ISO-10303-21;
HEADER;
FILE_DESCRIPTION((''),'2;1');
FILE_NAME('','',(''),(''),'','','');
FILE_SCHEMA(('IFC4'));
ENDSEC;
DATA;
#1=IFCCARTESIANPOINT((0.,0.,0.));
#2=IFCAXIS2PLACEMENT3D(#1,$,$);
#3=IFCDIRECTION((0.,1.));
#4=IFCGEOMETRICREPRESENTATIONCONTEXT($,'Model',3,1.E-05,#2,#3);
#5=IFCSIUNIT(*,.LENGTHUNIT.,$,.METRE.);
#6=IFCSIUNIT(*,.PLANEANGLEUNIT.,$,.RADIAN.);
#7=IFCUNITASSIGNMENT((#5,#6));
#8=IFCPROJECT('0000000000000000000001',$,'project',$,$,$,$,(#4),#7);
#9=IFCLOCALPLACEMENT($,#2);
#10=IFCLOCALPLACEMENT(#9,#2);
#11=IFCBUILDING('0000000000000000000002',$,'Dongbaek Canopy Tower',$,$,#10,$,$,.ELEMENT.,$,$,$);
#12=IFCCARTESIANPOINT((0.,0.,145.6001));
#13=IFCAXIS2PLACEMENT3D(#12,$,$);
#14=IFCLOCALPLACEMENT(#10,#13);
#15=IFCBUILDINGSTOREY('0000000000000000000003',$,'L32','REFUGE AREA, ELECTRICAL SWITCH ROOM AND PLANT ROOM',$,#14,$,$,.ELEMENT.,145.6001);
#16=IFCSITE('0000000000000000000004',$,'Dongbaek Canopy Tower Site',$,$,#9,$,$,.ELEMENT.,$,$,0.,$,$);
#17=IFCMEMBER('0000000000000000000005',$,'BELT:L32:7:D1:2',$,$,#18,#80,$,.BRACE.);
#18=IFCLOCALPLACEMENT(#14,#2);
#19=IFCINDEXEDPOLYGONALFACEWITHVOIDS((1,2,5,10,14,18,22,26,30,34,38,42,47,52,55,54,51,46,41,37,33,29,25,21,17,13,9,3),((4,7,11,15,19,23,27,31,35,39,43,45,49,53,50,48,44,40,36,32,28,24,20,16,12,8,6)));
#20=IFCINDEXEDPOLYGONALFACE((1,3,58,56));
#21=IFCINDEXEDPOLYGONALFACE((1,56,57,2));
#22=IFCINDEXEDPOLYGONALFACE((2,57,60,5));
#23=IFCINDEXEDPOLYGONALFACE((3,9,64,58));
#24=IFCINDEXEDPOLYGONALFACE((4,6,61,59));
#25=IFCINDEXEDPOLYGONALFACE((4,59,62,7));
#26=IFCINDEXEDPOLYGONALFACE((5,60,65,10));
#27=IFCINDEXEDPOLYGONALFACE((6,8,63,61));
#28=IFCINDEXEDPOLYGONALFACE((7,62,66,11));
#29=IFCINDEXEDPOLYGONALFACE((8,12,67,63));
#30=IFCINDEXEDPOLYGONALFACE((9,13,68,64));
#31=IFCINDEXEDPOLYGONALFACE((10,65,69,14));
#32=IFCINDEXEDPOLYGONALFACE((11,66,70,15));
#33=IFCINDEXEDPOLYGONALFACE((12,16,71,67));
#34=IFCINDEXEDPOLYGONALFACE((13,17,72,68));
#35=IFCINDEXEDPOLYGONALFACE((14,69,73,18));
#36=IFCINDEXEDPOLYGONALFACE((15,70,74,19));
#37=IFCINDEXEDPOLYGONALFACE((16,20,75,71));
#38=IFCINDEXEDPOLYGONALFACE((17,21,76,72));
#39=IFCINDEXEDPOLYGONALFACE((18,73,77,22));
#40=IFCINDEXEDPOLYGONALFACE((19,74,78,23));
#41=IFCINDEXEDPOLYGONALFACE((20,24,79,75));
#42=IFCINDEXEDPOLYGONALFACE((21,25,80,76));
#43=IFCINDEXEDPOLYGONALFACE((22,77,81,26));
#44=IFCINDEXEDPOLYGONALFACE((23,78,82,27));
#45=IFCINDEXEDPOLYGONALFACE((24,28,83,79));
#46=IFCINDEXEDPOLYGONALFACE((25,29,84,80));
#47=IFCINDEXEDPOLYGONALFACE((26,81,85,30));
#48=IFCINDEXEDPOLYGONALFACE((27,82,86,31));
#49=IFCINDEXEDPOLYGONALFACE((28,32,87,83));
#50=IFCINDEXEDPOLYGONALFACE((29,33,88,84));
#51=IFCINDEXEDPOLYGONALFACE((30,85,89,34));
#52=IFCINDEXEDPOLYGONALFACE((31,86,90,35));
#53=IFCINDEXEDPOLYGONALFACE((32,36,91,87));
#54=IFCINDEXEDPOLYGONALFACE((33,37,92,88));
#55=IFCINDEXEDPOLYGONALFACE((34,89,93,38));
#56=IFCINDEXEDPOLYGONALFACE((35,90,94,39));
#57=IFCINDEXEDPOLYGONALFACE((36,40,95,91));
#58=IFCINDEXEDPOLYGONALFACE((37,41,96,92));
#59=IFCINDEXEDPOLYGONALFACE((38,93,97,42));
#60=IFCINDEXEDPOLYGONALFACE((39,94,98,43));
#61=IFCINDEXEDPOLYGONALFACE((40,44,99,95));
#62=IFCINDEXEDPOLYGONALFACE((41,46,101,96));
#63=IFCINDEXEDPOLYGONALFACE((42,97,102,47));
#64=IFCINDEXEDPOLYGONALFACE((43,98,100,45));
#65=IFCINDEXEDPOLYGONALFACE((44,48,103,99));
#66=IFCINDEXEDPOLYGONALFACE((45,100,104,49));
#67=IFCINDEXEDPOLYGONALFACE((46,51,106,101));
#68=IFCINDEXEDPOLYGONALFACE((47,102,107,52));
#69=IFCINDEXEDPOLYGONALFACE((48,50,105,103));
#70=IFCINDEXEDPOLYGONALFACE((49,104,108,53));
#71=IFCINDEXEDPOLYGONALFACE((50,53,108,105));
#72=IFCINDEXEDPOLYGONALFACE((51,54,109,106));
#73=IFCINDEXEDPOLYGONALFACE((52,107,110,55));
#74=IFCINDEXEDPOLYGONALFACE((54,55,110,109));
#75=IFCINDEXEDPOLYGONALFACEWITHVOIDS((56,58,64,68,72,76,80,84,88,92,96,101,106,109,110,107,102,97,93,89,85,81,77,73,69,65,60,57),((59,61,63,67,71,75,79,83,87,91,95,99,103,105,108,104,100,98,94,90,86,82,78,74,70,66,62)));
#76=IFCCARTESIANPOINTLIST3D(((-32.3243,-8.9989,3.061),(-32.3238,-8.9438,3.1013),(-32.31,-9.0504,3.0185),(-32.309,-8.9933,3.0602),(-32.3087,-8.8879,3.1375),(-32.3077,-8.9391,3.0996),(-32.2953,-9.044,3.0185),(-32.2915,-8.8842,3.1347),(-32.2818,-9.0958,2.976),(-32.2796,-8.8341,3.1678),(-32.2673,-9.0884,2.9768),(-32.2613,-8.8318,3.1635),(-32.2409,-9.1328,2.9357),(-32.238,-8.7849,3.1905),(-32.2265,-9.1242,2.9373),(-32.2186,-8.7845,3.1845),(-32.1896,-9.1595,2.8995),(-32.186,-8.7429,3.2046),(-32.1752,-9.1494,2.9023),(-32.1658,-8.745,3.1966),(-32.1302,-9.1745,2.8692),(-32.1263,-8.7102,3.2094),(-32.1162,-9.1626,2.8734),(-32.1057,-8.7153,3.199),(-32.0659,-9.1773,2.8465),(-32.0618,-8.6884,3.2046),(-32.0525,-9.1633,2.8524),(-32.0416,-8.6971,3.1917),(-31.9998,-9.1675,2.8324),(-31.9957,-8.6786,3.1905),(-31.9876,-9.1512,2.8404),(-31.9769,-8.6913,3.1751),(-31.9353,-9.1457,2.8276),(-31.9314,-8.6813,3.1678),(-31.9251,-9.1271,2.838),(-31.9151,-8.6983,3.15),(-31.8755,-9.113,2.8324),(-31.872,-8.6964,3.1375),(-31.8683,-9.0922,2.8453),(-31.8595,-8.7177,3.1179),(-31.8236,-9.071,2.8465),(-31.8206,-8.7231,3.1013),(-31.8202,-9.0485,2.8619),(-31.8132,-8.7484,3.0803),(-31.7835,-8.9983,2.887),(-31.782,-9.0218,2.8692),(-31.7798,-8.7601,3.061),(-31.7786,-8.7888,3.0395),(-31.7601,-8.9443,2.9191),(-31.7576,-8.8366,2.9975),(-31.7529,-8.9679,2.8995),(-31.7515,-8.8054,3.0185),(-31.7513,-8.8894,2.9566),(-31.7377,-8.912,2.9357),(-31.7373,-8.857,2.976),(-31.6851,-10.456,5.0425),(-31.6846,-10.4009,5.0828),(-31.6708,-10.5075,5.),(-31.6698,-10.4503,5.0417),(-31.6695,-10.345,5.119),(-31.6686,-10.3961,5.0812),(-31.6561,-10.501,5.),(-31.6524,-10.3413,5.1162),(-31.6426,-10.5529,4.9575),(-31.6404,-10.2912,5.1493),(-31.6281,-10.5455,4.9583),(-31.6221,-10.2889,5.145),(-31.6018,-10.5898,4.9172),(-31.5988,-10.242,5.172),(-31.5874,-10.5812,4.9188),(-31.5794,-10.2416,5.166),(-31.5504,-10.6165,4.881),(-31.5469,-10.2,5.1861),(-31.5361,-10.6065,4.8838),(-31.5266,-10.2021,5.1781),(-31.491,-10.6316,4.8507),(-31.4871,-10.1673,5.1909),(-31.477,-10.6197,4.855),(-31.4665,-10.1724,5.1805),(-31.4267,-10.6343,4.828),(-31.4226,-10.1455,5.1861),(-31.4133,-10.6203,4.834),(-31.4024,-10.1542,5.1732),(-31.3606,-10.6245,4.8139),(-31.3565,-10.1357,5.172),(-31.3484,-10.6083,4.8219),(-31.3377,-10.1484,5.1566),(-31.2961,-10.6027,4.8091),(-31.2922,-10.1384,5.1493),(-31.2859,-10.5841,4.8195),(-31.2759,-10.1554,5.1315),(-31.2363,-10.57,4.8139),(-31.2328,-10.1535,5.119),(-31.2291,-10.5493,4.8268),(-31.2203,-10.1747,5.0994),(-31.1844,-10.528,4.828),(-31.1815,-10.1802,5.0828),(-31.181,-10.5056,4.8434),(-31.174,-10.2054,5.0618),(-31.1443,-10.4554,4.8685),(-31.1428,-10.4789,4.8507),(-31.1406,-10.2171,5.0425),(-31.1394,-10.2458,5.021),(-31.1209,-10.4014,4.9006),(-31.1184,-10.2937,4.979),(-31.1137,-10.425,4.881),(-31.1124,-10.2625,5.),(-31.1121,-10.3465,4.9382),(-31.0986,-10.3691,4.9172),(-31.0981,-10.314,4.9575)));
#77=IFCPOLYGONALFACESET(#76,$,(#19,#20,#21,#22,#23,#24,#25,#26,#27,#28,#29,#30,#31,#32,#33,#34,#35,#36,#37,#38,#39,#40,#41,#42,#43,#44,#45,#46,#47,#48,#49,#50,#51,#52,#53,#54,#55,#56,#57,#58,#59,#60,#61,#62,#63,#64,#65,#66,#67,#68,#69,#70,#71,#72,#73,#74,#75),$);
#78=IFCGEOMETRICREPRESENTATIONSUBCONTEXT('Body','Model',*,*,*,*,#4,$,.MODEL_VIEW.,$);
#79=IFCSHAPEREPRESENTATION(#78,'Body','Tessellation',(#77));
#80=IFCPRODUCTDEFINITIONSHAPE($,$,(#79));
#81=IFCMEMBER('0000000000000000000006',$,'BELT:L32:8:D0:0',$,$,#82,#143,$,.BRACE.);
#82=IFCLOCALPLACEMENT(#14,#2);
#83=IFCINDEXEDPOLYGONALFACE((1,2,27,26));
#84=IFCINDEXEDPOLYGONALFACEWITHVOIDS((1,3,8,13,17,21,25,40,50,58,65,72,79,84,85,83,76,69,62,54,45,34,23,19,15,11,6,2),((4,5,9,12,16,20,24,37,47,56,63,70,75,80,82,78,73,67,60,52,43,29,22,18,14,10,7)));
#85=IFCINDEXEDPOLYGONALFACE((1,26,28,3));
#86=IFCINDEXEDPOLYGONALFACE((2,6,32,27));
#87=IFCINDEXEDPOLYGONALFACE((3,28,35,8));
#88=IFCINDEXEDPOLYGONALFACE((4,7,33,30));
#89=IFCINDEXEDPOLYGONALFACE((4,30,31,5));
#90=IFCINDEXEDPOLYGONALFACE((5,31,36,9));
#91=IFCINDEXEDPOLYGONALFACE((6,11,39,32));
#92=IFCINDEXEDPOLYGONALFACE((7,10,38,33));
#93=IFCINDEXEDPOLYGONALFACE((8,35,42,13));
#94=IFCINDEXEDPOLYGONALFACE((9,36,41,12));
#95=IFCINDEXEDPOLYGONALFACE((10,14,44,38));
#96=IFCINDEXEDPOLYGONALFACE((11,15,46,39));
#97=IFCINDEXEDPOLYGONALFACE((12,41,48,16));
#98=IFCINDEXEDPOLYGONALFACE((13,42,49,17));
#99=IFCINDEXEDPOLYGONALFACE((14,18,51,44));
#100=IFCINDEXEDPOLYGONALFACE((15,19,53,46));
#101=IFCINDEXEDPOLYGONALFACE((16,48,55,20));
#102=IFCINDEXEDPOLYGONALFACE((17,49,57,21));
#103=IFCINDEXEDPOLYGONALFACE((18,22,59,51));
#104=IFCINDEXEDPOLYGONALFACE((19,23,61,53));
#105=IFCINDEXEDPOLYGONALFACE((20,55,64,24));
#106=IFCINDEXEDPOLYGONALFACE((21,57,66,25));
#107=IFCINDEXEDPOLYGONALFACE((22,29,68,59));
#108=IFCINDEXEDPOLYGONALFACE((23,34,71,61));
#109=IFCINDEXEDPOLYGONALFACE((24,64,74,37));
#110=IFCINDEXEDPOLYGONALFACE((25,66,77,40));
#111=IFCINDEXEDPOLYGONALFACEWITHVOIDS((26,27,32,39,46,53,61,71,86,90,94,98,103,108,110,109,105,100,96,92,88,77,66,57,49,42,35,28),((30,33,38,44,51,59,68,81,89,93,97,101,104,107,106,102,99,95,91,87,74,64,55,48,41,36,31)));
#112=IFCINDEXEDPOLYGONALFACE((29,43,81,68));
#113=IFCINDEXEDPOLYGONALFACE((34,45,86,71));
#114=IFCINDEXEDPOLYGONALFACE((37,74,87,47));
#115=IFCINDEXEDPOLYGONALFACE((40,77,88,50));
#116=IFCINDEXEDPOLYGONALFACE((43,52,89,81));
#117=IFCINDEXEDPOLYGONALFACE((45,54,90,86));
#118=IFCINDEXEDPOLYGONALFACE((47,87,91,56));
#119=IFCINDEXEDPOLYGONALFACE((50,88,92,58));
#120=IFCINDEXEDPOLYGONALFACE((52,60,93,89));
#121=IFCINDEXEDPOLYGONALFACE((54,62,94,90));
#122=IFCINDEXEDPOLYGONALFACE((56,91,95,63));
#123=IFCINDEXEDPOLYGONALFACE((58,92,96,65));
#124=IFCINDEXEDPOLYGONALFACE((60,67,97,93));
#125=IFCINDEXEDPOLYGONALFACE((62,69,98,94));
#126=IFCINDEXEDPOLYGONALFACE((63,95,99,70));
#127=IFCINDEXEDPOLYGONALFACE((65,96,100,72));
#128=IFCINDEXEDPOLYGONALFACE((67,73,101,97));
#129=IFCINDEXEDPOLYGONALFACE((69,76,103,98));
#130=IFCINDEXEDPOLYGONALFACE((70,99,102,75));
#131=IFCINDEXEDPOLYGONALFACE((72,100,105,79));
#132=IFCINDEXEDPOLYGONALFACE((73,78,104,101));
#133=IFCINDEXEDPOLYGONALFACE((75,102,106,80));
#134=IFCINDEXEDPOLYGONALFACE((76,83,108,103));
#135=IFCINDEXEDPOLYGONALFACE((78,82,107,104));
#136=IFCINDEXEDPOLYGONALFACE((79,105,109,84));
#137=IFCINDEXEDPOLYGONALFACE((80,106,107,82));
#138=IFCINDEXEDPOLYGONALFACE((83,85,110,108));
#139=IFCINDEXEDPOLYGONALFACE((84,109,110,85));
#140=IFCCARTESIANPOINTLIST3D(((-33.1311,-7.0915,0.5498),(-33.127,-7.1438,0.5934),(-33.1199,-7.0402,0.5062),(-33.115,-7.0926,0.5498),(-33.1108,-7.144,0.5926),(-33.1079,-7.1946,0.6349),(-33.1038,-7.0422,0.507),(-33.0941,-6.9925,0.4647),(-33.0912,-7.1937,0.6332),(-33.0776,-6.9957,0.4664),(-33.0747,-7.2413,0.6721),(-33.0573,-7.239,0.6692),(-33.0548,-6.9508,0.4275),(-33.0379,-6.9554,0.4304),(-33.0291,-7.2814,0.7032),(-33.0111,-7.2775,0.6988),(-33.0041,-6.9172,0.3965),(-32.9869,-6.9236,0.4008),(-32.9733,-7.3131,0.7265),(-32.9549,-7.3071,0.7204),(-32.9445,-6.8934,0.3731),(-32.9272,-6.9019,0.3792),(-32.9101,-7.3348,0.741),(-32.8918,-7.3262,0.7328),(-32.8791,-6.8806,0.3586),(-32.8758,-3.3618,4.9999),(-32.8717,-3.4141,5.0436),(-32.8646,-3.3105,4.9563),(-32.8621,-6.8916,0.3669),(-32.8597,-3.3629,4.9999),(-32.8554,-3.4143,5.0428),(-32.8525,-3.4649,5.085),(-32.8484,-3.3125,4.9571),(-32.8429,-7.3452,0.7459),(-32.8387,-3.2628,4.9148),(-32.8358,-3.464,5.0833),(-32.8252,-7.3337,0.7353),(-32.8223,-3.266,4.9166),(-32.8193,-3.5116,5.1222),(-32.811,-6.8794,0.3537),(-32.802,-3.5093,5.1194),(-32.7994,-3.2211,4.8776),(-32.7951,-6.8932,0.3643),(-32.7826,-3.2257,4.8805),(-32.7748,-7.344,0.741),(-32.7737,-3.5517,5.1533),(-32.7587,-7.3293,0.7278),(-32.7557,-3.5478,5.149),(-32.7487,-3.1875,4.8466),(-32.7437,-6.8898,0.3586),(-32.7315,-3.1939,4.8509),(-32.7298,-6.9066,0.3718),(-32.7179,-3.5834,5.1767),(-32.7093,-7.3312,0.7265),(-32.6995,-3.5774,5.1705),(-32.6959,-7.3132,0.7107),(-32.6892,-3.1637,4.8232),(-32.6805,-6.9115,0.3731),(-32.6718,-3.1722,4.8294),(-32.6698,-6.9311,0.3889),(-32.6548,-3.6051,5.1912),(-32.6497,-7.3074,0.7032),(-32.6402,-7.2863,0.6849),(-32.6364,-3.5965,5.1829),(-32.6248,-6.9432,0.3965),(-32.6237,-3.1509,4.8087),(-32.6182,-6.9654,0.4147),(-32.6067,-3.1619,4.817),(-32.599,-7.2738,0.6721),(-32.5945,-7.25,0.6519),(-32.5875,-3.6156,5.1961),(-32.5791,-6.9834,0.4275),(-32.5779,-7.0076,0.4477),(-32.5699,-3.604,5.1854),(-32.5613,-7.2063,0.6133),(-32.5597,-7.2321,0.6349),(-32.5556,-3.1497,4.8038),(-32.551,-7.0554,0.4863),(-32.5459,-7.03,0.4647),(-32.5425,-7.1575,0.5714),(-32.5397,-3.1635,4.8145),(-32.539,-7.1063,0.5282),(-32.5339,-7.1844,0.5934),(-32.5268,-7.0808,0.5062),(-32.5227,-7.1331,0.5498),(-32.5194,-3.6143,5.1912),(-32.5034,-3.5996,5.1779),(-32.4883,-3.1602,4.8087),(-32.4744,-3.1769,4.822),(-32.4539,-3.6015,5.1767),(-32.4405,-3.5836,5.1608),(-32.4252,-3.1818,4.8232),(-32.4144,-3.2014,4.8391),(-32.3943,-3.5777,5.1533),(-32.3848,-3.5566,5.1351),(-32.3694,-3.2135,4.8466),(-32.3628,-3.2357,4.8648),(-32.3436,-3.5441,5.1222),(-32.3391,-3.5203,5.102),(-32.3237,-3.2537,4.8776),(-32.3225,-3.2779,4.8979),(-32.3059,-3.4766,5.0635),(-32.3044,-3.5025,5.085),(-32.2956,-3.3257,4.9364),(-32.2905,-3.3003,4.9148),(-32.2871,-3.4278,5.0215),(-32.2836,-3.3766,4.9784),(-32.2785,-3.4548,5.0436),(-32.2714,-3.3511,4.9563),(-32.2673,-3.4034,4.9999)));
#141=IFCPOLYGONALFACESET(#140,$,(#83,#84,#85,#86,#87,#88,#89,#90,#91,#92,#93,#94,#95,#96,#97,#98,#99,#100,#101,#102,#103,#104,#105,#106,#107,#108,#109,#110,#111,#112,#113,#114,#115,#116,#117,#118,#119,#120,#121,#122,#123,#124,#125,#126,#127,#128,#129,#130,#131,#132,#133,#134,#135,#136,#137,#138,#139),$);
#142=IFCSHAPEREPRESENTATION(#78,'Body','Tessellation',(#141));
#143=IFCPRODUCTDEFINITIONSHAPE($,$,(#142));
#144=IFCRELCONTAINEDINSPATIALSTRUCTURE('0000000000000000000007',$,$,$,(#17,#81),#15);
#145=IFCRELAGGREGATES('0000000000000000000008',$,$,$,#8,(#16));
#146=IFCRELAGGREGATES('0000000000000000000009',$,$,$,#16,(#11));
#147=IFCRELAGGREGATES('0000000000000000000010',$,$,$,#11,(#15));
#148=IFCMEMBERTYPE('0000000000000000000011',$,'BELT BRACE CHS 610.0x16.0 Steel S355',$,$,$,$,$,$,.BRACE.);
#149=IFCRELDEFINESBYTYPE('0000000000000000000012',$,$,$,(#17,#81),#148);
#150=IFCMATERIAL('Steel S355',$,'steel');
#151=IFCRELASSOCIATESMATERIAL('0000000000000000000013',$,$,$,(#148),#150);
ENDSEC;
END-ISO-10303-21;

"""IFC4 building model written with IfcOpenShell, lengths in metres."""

from ifc_helpers import new_model, si_unit, direction, frame, origin, origin_2d, place, context, subcontext, project, spatial, hollow_circle, extrude, material, material_profile, profile_set, type_object, element, save


model = new_model("IFC4")

# Units and contexts
model_context = context("Model", 3, precision=1e-05, world=origin(), true_north=direction((0.0, 1.0)))
body_context = subcontext(model_context, "Body", "Model", "MODEL_VIEW")
ifc_project = project(units=[si_unit("LENGTHUNIT", "METRE"), si_unit("PLANEANGLEUNIT", "RADIAN")], contexts=[model_context])

# Site, building, storey
site_placement = place(None, origin())
site = spatial("IfcSite", under=ifc_project, at=site_placement, Name="Dongbaek Canopy Tower Site", CompositionType="ELEMENT", RefElevation=0.0)
building_placement = place(site_placement, origin())
building = spatial("IfcBuilding", under=site, at=building_placement, Name="Dongbaek Canopy Tower", CompositionType="ELEMENT")
storey_placement = place(building_placement, frame((0.0, 0.0, 145.6001)))
storey = spatial("IfcBuildingStorey", under=building, at=storey_placement, Name="L32", Description="REFUGE AREA, ELECTRICAL SWITCH ROOM AND PLANT ROOM", CompositionType="ELEMENT", Elevation=145.6001)

# Members
ifc_material_1 = material(Name="Steel S355", Category="steel")
ifc_material_profile_1 = material_profile(ifc_material_1, hollow_circle(Radius=0.3049, WallThickness=0.0161, at=origin_2d()), Name="BELT BRACE CHS 610.0x16.0 Steel S355")
ifc_profile_set_1 = profile_set([ifc_material_profile_1], Name="Steel S355")
member_type_1 = type_object("IfcMemberType", Name="BELT BRACE CHS 610.0x16.0 Steel S355", PredefinedType="BRACE", material=ifc_profile_set_1)
for number, where, z_axis, x_axis, name in (
    (1, (-31.3916, -10.385, 5.0), (-0.251521, 0.573368, -0.779735), (-0.915762, -0.40172, 0.0), "BELT:L32:7:D1:2"),
):
    element("IfcMember", number, at=place(storey_placement, frame(where, z_axis=z_axis, x_axis=x_axis)), inside=storey, type_object=member_type_1, Name=name, PredefinedType="BRACE", context=body_context, shape_type="SweptSolid", body=[
        extrude(hollow_circle(Radius=0.3049, WallThickness=0.0161, at=origin_2d()), origin(), (0.0, 0.0, 1.0), 2.5413),
    ])
member_1_placement = place(storey_placement, frame((-32.8269, -7.1123, 0.5498), z_axis=(0.043938, 0.64172, 0.765679), x_axis=(-0.997664, 0.068309, 0.0)))
element("IfcMember", 2, at=member_1_placement, inside=storey, type_object=member_type_1, Name="BELT:L32:8:D0:0", PredefinedType="BRACE", context=body_context, shape_type="SweptSolid", body=[
    extrude(hollow_circle(Radius=0.3049, WallThickness=0.0161, at=origin_2d()), origin(), (0.0, 0.0, 1.0), 5.812),
])

save(model, "model.ifc")
